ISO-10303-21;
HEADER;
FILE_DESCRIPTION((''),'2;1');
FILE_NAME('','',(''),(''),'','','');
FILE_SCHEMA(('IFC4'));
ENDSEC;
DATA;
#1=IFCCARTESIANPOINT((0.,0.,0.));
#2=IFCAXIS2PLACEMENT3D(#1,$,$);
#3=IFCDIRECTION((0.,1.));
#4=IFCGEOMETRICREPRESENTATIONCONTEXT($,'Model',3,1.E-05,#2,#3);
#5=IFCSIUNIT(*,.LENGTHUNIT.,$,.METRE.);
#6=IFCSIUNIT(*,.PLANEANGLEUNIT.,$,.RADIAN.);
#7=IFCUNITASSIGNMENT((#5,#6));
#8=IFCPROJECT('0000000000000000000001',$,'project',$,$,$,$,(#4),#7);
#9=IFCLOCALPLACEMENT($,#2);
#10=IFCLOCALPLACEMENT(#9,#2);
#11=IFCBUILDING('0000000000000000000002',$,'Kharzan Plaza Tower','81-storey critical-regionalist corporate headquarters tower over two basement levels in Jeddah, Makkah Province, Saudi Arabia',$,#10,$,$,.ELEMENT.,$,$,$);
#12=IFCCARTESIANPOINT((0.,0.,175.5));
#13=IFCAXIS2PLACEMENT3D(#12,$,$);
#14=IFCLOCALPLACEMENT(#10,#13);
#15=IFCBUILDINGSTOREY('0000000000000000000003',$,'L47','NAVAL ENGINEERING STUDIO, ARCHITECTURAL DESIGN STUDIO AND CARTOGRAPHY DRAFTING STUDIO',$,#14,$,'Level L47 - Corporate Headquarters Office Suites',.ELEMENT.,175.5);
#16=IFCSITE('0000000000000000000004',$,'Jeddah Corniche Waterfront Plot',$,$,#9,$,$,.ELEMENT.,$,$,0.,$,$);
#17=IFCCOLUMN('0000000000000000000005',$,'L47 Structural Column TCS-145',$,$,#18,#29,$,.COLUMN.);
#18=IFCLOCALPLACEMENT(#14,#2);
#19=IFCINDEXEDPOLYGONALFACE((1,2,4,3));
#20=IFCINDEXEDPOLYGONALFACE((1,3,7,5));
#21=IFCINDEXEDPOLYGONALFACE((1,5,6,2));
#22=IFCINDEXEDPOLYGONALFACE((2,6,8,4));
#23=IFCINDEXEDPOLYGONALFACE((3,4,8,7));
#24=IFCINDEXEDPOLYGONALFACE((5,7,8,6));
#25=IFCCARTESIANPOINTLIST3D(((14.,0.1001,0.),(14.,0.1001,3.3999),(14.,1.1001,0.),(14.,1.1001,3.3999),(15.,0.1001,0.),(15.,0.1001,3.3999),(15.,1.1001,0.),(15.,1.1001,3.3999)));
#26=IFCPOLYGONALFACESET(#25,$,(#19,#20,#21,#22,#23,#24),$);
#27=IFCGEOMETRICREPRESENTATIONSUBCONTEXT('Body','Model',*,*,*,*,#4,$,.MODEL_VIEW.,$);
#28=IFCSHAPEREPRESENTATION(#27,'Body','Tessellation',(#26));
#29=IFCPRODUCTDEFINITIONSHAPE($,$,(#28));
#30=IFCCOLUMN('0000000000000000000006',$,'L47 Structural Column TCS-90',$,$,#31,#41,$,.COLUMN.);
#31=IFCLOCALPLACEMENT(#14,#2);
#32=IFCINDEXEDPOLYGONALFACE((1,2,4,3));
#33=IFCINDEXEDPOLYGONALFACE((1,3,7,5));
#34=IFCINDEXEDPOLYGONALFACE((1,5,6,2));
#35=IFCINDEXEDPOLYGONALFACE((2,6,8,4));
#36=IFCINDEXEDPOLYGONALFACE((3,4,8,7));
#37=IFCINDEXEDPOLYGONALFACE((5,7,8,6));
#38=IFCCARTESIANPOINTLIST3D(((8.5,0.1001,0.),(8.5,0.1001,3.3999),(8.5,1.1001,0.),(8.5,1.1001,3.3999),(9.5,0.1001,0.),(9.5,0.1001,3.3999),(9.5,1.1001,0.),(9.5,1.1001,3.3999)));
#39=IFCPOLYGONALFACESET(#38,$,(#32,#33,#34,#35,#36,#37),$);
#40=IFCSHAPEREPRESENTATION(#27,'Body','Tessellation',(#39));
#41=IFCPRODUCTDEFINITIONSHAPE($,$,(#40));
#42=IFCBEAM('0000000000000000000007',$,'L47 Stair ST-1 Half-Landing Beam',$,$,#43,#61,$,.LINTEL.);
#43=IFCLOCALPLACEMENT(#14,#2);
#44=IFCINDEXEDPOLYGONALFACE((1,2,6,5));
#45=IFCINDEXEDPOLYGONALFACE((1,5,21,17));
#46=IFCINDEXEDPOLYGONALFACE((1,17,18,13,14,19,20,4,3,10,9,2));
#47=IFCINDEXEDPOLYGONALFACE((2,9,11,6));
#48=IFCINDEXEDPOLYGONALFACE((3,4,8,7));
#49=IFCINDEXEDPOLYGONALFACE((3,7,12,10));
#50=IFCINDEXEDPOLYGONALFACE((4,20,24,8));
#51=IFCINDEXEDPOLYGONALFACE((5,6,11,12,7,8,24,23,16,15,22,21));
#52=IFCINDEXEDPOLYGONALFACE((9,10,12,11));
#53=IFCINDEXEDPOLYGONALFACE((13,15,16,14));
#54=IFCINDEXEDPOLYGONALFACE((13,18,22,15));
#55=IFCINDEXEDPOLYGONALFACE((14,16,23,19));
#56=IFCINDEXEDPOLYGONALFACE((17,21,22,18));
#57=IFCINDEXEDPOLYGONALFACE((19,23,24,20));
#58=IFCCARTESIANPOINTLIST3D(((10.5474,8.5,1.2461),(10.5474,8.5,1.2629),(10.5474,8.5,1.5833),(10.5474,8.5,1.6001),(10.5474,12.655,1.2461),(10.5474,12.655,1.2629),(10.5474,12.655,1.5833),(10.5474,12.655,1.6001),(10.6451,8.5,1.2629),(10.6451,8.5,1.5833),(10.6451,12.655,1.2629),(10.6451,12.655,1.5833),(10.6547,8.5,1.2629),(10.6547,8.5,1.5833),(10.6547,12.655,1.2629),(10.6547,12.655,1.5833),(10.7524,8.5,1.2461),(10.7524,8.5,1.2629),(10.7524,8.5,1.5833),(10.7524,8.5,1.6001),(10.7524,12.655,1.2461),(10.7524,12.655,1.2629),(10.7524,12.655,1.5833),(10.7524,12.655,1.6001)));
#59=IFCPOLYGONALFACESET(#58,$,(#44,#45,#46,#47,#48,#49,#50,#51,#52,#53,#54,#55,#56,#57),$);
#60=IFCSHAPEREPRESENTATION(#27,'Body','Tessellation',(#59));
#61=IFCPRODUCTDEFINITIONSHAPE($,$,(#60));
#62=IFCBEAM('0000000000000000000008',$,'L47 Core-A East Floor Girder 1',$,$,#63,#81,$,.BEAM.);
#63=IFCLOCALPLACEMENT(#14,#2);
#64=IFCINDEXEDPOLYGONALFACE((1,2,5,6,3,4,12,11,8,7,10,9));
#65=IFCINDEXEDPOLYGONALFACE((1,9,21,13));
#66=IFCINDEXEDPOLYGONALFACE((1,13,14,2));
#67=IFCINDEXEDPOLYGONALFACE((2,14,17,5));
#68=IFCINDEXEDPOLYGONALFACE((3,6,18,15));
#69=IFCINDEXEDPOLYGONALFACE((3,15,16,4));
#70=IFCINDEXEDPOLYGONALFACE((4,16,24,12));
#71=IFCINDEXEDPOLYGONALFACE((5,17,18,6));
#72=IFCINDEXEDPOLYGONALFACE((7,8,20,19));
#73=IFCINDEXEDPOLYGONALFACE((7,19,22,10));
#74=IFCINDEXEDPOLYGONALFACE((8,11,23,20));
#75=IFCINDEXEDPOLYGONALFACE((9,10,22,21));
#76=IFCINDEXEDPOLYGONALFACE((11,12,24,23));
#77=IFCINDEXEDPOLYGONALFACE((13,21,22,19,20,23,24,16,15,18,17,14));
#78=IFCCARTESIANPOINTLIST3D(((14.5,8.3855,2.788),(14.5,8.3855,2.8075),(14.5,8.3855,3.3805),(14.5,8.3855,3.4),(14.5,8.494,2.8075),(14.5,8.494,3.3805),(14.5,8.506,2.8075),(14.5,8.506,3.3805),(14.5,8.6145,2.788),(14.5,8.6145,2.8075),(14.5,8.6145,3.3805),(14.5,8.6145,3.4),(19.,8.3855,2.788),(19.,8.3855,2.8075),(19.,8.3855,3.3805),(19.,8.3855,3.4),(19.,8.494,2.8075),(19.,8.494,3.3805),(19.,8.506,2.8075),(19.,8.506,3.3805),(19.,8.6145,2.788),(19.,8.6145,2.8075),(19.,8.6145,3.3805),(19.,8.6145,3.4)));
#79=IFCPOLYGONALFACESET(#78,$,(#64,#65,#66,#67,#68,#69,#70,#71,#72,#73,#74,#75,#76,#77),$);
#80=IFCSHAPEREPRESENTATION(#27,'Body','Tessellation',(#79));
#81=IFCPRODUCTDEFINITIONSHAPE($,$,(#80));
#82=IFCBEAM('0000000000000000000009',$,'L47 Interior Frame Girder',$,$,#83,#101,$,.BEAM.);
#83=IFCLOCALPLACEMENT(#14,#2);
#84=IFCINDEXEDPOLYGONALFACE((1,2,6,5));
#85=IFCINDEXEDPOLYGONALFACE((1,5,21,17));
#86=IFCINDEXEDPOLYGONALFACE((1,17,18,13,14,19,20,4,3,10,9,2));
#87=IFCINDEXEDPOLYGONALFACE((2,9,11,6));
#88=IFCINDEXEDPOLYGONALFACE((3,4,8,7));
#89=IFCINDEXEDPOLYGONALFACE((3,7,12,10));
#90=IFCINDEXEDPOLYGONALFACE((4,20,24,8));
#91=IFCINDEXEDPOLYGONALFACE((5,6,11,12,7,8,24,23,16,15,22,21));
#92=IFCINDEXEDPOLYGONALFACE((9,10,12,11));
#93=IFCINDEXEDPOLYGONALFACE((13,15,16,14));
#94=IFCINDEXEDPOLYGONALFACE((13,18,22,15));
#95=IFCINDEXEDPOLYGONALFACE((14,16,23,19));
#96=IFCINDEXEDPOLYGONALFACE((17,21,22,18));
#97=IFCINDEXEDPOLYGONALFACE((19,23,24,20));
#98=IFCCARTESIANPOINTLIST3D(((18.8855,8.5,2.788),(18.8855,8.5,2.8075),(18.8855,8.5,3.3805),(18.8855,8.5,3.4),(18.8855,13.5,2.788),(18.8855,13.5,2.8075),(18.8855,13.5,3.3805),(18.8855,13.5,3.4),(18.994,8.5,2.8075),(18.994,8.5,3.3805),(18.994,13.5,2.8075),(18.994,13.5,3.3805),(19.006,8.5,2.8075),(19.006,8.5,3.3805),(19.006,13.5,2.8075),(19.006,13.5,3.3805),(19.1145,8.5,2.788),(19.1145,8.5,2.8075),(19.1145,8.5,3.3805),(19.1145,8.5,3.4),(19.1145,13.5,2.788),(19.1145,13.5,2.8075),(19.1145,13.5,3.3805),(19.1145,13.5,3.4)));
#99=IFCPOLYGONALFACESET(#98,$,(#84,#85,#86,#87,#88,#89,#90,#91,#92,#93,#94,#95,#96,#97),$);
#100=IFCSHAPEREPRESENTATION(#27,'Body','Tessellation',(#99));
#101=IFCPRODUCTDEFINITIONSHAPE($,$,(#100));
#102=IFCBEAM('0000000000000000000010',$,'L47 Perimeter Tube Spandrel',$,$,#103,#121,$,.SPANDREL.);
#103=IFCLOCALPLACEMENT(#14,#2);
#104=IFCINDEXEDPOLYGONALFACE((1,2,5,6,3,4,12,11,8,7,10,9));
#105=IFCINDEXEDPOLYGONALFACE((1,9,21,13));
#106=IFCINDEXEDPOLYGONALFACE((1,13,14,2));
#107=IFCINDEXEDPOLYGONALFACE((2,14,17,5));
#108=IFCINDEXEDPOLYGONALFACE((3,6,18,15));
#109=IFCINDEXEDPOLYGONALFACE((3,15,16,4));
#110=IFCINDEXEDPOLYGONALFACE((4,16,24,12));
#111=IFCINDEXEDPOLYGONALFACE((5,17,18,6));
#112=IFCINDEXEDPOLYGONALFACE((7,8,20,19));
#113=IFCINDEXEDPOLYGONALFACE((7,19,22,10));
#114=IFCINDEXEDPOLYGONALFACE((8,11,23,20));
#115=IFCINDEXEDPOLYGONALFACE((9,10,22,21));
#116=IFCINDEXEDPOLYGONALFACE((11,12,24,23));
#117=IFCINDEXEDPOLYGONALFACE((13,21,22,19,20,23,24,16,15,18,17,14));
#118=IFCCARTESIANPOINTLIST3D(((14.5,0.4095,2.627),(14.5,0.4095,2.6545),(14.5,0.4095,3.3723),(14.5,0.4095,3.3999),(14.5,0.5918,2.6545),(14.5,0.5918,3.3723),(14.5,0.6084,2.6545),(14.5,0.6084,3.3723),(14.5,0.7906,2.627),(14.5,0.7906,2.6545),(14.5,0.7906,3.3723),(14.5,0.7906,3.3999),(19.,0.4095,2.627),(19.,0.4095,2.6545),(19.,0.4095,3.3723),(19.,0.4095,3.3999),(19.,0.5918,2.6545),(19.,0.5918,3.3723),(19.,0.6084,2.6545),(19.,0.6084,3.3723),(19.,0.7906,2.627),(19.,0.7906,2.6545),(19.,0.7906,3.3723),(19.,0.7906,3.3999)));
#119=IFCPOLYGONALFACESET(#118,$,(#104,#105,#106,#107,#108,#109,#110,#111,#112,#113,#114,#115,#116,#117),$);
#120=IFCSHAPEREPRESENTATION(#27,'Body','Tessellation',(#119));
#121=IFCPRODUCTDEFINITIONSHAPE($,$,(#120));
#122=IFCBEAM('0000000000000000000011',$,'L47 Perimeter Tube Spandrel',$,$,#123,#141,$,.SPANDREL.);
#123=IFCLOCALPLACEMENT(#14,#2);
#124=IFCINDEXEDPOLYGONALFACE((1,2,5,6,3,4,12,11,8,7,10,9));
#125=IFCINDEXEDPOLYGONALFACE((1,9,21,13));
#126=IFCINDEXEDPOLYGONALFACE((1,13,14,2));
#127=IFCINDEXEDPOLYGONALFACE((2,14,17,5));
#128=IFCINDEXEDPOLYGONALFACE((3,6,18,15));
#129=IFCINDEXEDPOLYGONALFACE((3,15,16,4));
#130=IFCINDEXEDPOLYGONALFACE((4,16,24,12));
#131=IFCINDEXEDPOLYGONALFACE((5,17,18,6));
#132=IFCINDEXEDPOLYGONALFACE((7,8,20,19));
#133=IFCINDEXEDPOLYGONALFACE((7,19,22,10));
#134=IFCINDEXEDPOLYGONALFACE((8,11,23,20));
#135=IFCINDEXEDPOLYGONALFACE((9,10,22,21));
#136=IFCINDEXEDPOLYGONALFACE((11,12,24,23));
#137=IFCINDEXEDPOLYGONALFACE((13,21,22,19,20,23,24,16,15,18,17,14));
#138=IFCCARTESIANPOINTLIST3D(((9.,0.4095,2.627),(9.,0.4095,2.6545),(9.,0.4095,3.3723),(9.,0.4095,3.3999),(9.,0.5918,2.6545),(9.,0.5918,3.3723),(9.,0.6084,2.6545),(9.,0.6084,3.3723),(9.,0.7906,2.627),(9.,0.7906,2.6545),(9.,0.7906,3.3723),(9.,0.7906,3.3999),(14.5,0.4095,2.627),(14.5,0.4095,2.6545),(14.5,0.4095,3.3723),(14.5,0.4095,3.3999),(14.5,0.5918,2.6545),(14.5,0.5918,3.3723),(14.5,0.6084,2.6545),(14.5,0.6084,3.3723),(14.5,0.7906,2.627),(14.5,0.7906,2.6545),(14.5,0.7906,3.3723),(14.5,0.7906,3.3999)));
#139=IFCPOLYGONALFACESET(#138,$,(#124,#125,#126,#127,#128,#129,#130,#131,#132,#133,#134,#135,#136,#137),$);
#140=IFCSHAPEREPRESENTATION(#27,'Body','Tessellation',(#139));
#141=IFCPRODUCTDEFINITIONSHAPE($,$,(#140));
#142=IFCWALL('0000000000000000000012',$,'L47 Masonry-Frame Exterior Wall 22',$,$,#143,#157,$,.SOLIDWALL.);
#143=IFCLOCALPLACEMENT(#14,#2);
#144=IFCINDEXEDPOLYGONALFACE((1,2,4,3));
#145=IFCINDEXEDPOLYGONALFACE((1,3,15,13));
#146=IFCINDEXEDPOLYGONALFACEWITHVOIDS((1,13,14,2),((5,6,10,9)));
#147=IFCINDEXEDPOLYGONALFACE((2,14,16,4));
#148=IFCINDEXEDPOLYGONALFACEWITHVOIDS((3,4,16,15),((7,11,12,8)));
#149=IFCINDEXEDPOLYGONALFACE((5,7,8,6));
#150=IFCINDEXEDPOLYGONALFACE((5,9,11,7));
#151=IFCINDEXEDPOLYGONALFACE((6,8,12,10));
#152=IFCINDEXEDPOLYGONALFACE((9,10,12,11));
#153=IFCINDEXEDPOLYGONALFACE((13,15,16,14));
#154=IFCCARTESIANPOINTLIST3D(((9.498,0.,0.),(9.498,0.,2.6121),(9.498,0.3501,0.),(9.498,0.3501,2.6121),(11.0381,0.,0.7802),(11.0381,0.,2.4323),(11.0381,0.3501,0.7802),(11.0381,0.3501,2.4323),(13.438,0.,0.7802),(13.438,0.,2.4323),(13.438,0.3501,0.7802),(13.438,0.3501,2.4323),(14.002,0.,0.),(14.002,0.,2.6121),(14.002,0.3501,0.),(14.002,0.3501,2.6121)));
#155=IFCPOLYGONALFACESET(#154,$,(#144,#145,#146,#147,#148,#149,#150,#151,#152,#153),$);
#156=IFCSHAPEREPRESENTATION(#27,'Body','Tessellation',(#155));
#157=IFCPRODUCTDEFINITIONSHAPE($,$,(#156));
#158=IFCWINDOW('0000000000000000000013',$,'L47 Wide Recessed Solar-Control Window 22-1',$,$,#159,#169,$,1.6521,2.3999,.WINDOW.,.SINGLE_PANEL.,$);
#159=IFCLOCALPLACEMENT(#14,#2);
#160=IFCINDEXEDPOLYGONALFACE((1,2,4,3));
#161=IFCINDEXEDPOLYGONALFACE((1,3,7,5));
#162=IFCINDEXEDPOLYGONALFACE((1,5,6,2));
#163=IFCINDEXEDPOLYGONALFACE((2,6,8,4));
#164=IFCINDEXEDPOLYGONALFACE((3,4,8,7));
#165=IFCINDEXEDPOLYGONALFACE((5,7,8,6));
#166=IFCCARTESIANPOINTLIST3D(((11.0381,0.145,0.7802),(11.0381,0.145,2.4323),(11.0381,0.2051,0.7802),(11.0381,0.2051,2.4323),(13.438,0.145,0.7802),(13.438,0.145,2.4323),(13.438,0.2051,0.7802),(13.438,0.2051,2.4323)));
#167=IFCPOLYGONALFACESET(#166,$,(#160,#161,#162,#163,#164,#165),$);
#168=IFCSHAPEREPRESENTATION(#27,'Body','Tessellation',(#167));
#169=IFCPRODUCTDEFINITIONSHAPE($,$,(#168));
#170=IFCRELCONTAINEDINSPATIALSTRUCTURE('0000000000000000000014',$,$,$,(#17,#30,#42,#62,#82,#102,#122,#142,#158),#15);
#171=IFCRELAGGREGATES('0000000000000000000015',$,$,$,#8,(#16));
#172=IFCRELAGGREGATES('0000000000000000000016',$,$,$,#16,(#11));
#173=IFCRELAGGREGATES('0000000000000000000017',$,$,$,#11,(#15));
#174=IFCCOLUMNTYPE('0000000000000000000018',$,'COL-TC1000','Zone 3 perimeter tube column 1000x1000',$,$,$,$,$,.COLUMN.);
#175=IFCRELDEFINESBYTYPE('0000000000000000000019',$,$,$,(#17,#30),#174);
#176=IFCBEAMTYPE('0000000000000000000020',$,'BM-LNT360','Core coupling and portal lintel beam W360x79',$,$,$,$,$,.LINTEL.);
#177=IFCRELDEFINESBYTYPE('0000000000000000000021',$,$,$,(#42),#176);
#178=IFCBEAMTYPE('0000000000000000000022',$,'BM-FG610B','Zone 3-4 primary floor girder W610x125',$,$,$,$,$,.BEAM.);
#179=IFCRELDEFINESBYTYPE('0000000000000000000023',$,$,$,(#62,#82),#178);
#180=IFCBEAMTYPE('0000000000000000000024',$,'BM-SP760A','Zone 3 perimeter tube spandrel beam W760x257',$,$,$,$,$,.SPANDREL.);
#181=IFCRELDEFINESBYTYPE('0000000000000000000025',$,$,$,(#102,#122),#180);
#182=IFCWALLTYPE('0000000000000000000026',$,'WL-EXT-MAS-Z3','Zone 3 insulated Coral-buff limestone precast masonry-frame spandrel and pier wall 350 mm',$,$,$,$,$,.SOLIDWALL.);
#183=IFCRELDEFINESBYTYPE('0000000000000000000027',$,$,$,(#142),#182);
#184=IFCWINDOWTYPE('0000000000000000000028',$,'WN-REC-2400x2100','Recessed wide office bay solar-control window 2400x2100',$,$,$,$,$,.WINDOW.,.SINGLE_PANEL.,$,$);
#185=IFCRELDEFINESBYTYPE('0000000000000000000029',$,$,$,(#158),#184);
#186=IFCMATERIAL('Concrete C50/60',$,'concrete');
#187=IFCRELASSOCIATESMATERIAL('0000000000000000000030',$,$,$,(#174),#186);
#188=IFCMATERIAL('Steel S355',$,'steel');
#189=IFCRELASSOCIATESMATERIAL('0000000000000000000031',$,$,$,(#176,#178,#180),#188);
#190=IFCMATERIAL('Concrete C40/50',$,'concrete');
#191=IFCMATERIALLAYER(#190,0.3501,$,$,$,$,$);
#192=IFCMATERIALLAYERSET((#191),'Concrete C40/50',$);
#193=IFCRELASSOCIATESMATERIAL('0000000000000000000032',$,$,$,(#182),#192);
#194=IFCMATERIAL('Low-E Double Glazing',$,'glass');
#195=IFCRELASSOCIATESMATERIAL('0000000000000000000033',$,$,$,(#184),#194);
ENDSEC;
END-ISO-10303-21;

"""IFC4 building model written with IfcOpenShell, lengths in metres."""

from ifc_helpers import new_model, si_unit, direction, frame, frame_2d, origin, origin_2d, place, context, subcontext, project, spatial, rectangle, i_section, extrude, source, transform, mapped, material, layer, layer_set, material_profile, profile_set, type_object, element, fill, save


model = new_model("IFC4")

# Units and contexts
model_context = context("Model", 3, precision=1e-05, world=origin(), true_north=direction((0.0, 1.0)))
body_context = subcontext(model_context, "Body", "Model", "MODEL_VIEW")
ifc_project = project(units=[si_unit("LENGTHUNIT", "METRE"), si_unit("PLANEANGLEUNIT", "RADIAN")], contexts=[model_context])

# Site, building, storey
site_placement = place(None, origin())
site = spatial("IfcSite", under=ifc_project, at=site_placement, Name="Jeddah Corniche Waterfront Plot", CompositionType="ELEMENT", RefElevation=0.0)
building_placement = place(site_placement, origin())
building = spatial("IfcBuilding", under=site, at=building_placement, Name="Kharzan Plaza Tower", Description="81-storey critical-regionalist corporate headquarters tower over two basement levels in Jeddah, Makkah Province, Saudi Arabia", CompositionType="ELEMENT")
storey_placement = place(building_placement, frame((0.0, 0.0, 175.5)))
storey = spatial("IfcBuildingStorey", under=building, at=storey_placement, Name="L47", Description="NAVAL ENGINEERING STUDIO, ARCHITECTURAL DESIGN STUDIO AND CARTOGRAPHY DRAFTING STUDIO", LongName="Level L47 - Corporate Headquarters Office Suites", CompositionType="ELEMENT", Elevation=175.5)

# Columns
ifc_material_1 = material(Name="Concrete C50/60", Category="concrete")
ifc_material_profile_1 = material_profile(ifc_material_1, rectangle(XDim=1.0, YDim=1.0, at=origin_2d()), Name="RC-TC1000x1000")
ifc_profile_set_1 = profile_set([ifc_material_profile_1], Name="Concrete C50/60")
column_type = type_object("IfcColumnType", Name="COL-TC1000", Description="Zone 3 perimeter tube column 1000x1000", PredefinedType="COLUMN", material=ifc_profile_set_1)
shared_shape_1 = source(origin(), body_context, "Body", "SweptSolid", [
    extrude(rectangle(XDim=1.0, YDim=1.0, at=origin_2d()), origin(), (0.0, 0.0, 1.0), 3.3999),
])
for number, where, z_axis, x_axis, name in (
    (1, (14.5, 0.6001, 0.0), (0.0, 0.0, 1.0), (1.0, 0.0, 0.0), "L47 Structural Column TCS-145"),
    (2, (9.0, 0.6001, 0.0), (0.0, 0.0, 1.0), (1.0, 0.0, 0.0), "L47 Structural Column TCS-90"),
):
    element("IfcColumn", number, at=place(storey_placement, frame(where, z_axis=z_axis, x_axis=x_axis)), inside=storey, type_object=column_type, Name=name, PredefinedType="COLUMN", context=body_context, shape_type="MappedRepresentation", body=[
        mapped(shared_shape_1, transform((0.0, 0.0, 0.0), x_axis=(1.0, 0.0, 0.0), y_axis=(0.0, 1.0, 0.0), z_axis=(0.0, 0.0, 1.0))),
    ])

# Beams
ifc_material_2 = material(Name="Steel S355", Category="steel")
ifc_material_profile_2 = material_profile(ifc_material_2, i_section(OverallWidth=0.2051, OverallDepth=0.354, WebThickness=0.0095, FlangeThickness=0.0168, at=origin_2d()), Name="W360x79")
ifc_profile_set_2 = profile_set([ifc_material_profile_2], Name="Steel S355")
beam_type_1 = type_object("IfcBeamType", Name="BM-LNT360", Description="Core coupling and portal lintel beam W360x79", PredefinedType="LINTEL", material=ifc_profile_set_2)
shared_shape_2 = source(origin(), body_context, "Body", "SweptSolid", [
    extrude(i_section(OverallWidth=0.2051, OverallDepth=0.354, WebThickness=0.0095, FlangeThickness=0.0168, at=origin_2d()), origin(), (0.0, 0.0, 1.0), 4.155),
])
beam_1_placement = place(storey_placement, frame((10.6499, 8.5, 1.4231), z_axis=(0.0, 1.0, 0.0), x_axis=(-1.0, 0.0, 0.0)))
element("IfcBeam", 3, at=beam_1_placement, inside=storey, type_object=beam_type_1, Name="L47 Stair ST-1 Half-Landing Beam", PredefinedType="LINTEL", context=body_context, shape_type="MappedRepresentation", body=[
    mapped(shared_shape_2, transform((0.0, 0.0, 0.0), x_axis=(1.0, 0.0, 0.0), y_axis=(0.0, 1.0, 0.0), z_axis=(0.0, 0.0, 1.0))),
])
ifc_material_profile_3 = material_profile(ifc_material_2, i_section(OverallWidth=0.229, OverallDepth=0.6121, WebThickness=0.012, FlangeThickness=0.0195, at=origin_2d()), Name="W610x125")
ifc_profile_set_3 = profile_set([ifc_material_profile_3], Name="Steel S355")
beam_type_2 = type_object("IfcBeamType", Name="BM-FG610B", Description="Zone 3-4 primary floor girder W610x125", PredefinedType="BEAM", material=ifc_profile_set_3)
shared_shape_3 = source(origin(), body_context, "Body", "SweptSolid", [
    extrude(i_section(OverallWidth=0.229, OverallDepth=0.6121, WebThickness=0.012, FlangeThickness=0.0195, at=origin_2d()), origin(), (0.0, 0.0, 1.0), 4.5),
])
beam_2_placement = place(storey_placement, frame((14.5, 8.5, 3.094), z_axis=(1.0, 0.0, 0.0), x_axis=(0.0, 1.0, 0.0)))
element("IfcBeam", 4, at=beam_2_placement, inside=storey, type_object=beam_type_2, Name="L47 Core-A East Floor Girder 1", PredefinedType="BEAM", context=body_context, shape_type="MappedRepresentation", body=[
    mapped(shared_shape_3, transform((0.0, 0.0, 0.0), x_axis=(1.0, 0.0, 0.0), y_axis=(0.0, 1.0, 0.0), z_axis=(0.0, 0.0, 1.0))),
])
shared_shape_4 = source(origin(), body_context, "Body", "SweptSolid", [
    extrude(i_section(OverallWidth=0.229, OverallDepth=0.6121, WebThickness=0.012, FlangeThickness=0.0195, at=origin_2d()), origin(), (0.0, 0.0, 1.0), 5.0),
])
beam_3_placement = place(storey_placement, frame((19.0, 8.5, 3.094), z_axis=(0.0, 1.0, 0.0), x_axis=(-1.0, 0.0, 0.0)))
element("IfcBeam", 5, at=beam_3_placement, inside=storey, type_object=beam_type_2, Name="L47 Interior Frame Girder", PredefinedType="BEAM", context=body_context, shape_type="MappedRepresentation", body=[
    mapped(shared_shape_4, transform((0.0, 0.0, 0.0), x_axis=(1.0, 0.0, 0.0), y_axis=(0.0, 1.0, 0.0), z_axis=(0.0, 0.0, 1.0))),
])
ifc_material_profile_4 = material_profile(ifc_material_2, i_section(OverallWidth=0.3811, OverallDepth=0.7729, WebThickness=0.0166, FlangeThickness=0.0276, at=origin_2d()), Name="W760x257")
ifc_profile_set_4 = profile_set([ifc_material_profile_4], Name="Steel S355")
beam_type_3 = type_object("IfcBeamType", Name="BM-SP760A", Description="Zone 3 perimeter tube spandrel beam W760x257", PredefinedType="SPANDREL", material=ifc_profile_set_4)
shared_shape_5 = source(origin(), body_context, "Body", "SweptSolid", [
    extrude(i_section(OverallWidth=0.3811, OverallDepth=0.7729, WebThickness=0.0166, FlangeThickness=0.0276, at=origin_2d()), origin(), (0.0, 0.0, 1.0), 4.5),
])
beam_4_placement = place(storey_placement, frame((14.5, 0.6001, 3.0134), z_axis=(1.0, 0.0, 0.0), x_axis=(0.0, 1.0, 0.0)))
element("IfcBeam", 6, at=beam_4_placement, inside=storey, type_object=beam_type_3, Name="L47 Perimeter Tube Spandrel", PredefinedType="SPANDREL", context=body_context, shape_type="MappedRepresentation", body=[
    mapped(shared_shape_5, transform((0.0, 0.0, 0.0), x_axis=(1.0, 0.0, 0.0), y_axis=(0.0, 1.0, 0.0), z_axis=(0.0, 0.0, 1.0))),
])
shared_shape_6 = source(origin(), body_context, "Body", "SweptSolid", [
    extrude(i_section(OverallWidth=0.3811, OverallDepth=0.7729, WebThickness=0.0166, FlangeThickness=0.0276, at=origin_2d()), origin(), (0.0, 0.0, 1.0), 5.5),
])
beam_5_placement = place(storey_placement, frame((9.0, 0.6001, 3.0134), z_axis=(1.0, 0.0, 0.0), x_axis=(0.0, 1.0, 0.0)))
element("IfcBeam", 7, at=beam_5_placement, inside=storey, type_object=beam_type_3, Name="L47 Perimeter Tube Spandrel", PredefinedType="SPANDREL", context=body_context, shape_type="MappedRepresentation", body=[
    mapped(shared_shape_6, transform((0.0, 0.0, 0.0), x_axis=(1.0, 0.0, 0.0), y_axis=(0.0, 1.0, 0.0), z_axis=(0.0, 0.0, 1.0))),
])

# Wall, opening, window
ifc_material_3 = material(Name="Concrete C40/50", Category="concrete")
ifc_layer_1 = layer(ifc_material_3, 0.3501)
ifc_layer_set_1 = layer_set([ifc_layer_1], Name="Concrete C40/50")
wall_type_1 = type_object("IfcWallType", Name="WL-EXT-MAS-Z3", Description="Zone 3 insulated Coral-buff limestone precast masonry-frame spandrel and pier wall 350 mm", PredefinedType="SOLIDWALL", material=ifc_layer_set_1)
wall_1_placement = place(storey_placement, frame((9.498, 0.175, 0.0), z_axis=(0.0, 0.0, 1.0), x_axis=(1.0, 0.0, 0.0)))
wall_1 = element("IfcWall", 8, at=wall_1_placement, inside=storey, type_object=wall_type_1, Name="L47 Masonry-Frame Exterior Wall 22", PredefinedType="SOLIDWALL", context=body_context, shape_type="SweptSolid", body=[
    extrude(rectangle(XDim=4.5039, YDim=0.3501, at=frame_2d((2.252, 0.0))), origin(), (0.0, 0.0, 1.0), 2.6121),
])
opening_1_placement = place(wall_1_placement, frame((1.54, 0.0, 0.78)))
opening_1 = element("IfcOpeningElement", 9, at=opening_1_placement, cuts=wall_1, PredefinedType="OPENING", context=body_context, shape_type="SweptSolid", body=[
    extrude(rectangle(XDim=2.3999, YDim=1.6521, at=frame_2d((1.2, 0.8262))), frame((0.0, 0.1851, 0.0), z_axis=(0.0, -1.0, 0.0), x_axis=(1.0, 0.0, 0.0)), (0.0, 0.0, 1.0), 0.3701),
])
ifc_material_4 = material(Name="Low-E Double Glazing", Category="glass")
window_type = type_object("IfcWindowType", Name="WN-REC-2400x2100", Description="Recessed wide office bay solar-control window 2400x2100", PartitioningType="SINGLE_PANEL", PredefinedType="WINDOW", material=ifc_material_4)
shared_shape_7 = source(origin(), body_context, "Body", "SweptSolid", [
    extrude(rectangle(XDim=2.3999, YDim=1.6521, at=frame_2d((1.2, 0.8262))), frame((0.0, 0.03, 0.0), z_axis=(0.0, -1.0, 0.0), x_axis=(1.0, 0.0, 0.0)), (0.0, 0.0, 1.0), 0.0601),
])
window_1_placement = place(opening_1_placement, origin())
window_1 = element("IfcWindow", 10, at=window_1_placement, inside=storey, type_object=window_type, Name="L47 Wide Recessed Solar-Control Window 22-1", OverallHeight=1.6521, OverallWidth=2.3999, PartitioningType="SINGLE_PANEL", PredefinedType="WINDOW", context=body_context, shape_type="MappedRepresentation", body=[
    mapped(shared_shape_7, transform((0.0, 0.0, 0.0), x_axis=(1.0, 0.0, 0.0), y_axis=(0.0, 1.0, 0.0), z_axis=(0.0, 0.0, 1.0))),
])
fill(opening_1, window_1)

save(model, "model.ifc")
